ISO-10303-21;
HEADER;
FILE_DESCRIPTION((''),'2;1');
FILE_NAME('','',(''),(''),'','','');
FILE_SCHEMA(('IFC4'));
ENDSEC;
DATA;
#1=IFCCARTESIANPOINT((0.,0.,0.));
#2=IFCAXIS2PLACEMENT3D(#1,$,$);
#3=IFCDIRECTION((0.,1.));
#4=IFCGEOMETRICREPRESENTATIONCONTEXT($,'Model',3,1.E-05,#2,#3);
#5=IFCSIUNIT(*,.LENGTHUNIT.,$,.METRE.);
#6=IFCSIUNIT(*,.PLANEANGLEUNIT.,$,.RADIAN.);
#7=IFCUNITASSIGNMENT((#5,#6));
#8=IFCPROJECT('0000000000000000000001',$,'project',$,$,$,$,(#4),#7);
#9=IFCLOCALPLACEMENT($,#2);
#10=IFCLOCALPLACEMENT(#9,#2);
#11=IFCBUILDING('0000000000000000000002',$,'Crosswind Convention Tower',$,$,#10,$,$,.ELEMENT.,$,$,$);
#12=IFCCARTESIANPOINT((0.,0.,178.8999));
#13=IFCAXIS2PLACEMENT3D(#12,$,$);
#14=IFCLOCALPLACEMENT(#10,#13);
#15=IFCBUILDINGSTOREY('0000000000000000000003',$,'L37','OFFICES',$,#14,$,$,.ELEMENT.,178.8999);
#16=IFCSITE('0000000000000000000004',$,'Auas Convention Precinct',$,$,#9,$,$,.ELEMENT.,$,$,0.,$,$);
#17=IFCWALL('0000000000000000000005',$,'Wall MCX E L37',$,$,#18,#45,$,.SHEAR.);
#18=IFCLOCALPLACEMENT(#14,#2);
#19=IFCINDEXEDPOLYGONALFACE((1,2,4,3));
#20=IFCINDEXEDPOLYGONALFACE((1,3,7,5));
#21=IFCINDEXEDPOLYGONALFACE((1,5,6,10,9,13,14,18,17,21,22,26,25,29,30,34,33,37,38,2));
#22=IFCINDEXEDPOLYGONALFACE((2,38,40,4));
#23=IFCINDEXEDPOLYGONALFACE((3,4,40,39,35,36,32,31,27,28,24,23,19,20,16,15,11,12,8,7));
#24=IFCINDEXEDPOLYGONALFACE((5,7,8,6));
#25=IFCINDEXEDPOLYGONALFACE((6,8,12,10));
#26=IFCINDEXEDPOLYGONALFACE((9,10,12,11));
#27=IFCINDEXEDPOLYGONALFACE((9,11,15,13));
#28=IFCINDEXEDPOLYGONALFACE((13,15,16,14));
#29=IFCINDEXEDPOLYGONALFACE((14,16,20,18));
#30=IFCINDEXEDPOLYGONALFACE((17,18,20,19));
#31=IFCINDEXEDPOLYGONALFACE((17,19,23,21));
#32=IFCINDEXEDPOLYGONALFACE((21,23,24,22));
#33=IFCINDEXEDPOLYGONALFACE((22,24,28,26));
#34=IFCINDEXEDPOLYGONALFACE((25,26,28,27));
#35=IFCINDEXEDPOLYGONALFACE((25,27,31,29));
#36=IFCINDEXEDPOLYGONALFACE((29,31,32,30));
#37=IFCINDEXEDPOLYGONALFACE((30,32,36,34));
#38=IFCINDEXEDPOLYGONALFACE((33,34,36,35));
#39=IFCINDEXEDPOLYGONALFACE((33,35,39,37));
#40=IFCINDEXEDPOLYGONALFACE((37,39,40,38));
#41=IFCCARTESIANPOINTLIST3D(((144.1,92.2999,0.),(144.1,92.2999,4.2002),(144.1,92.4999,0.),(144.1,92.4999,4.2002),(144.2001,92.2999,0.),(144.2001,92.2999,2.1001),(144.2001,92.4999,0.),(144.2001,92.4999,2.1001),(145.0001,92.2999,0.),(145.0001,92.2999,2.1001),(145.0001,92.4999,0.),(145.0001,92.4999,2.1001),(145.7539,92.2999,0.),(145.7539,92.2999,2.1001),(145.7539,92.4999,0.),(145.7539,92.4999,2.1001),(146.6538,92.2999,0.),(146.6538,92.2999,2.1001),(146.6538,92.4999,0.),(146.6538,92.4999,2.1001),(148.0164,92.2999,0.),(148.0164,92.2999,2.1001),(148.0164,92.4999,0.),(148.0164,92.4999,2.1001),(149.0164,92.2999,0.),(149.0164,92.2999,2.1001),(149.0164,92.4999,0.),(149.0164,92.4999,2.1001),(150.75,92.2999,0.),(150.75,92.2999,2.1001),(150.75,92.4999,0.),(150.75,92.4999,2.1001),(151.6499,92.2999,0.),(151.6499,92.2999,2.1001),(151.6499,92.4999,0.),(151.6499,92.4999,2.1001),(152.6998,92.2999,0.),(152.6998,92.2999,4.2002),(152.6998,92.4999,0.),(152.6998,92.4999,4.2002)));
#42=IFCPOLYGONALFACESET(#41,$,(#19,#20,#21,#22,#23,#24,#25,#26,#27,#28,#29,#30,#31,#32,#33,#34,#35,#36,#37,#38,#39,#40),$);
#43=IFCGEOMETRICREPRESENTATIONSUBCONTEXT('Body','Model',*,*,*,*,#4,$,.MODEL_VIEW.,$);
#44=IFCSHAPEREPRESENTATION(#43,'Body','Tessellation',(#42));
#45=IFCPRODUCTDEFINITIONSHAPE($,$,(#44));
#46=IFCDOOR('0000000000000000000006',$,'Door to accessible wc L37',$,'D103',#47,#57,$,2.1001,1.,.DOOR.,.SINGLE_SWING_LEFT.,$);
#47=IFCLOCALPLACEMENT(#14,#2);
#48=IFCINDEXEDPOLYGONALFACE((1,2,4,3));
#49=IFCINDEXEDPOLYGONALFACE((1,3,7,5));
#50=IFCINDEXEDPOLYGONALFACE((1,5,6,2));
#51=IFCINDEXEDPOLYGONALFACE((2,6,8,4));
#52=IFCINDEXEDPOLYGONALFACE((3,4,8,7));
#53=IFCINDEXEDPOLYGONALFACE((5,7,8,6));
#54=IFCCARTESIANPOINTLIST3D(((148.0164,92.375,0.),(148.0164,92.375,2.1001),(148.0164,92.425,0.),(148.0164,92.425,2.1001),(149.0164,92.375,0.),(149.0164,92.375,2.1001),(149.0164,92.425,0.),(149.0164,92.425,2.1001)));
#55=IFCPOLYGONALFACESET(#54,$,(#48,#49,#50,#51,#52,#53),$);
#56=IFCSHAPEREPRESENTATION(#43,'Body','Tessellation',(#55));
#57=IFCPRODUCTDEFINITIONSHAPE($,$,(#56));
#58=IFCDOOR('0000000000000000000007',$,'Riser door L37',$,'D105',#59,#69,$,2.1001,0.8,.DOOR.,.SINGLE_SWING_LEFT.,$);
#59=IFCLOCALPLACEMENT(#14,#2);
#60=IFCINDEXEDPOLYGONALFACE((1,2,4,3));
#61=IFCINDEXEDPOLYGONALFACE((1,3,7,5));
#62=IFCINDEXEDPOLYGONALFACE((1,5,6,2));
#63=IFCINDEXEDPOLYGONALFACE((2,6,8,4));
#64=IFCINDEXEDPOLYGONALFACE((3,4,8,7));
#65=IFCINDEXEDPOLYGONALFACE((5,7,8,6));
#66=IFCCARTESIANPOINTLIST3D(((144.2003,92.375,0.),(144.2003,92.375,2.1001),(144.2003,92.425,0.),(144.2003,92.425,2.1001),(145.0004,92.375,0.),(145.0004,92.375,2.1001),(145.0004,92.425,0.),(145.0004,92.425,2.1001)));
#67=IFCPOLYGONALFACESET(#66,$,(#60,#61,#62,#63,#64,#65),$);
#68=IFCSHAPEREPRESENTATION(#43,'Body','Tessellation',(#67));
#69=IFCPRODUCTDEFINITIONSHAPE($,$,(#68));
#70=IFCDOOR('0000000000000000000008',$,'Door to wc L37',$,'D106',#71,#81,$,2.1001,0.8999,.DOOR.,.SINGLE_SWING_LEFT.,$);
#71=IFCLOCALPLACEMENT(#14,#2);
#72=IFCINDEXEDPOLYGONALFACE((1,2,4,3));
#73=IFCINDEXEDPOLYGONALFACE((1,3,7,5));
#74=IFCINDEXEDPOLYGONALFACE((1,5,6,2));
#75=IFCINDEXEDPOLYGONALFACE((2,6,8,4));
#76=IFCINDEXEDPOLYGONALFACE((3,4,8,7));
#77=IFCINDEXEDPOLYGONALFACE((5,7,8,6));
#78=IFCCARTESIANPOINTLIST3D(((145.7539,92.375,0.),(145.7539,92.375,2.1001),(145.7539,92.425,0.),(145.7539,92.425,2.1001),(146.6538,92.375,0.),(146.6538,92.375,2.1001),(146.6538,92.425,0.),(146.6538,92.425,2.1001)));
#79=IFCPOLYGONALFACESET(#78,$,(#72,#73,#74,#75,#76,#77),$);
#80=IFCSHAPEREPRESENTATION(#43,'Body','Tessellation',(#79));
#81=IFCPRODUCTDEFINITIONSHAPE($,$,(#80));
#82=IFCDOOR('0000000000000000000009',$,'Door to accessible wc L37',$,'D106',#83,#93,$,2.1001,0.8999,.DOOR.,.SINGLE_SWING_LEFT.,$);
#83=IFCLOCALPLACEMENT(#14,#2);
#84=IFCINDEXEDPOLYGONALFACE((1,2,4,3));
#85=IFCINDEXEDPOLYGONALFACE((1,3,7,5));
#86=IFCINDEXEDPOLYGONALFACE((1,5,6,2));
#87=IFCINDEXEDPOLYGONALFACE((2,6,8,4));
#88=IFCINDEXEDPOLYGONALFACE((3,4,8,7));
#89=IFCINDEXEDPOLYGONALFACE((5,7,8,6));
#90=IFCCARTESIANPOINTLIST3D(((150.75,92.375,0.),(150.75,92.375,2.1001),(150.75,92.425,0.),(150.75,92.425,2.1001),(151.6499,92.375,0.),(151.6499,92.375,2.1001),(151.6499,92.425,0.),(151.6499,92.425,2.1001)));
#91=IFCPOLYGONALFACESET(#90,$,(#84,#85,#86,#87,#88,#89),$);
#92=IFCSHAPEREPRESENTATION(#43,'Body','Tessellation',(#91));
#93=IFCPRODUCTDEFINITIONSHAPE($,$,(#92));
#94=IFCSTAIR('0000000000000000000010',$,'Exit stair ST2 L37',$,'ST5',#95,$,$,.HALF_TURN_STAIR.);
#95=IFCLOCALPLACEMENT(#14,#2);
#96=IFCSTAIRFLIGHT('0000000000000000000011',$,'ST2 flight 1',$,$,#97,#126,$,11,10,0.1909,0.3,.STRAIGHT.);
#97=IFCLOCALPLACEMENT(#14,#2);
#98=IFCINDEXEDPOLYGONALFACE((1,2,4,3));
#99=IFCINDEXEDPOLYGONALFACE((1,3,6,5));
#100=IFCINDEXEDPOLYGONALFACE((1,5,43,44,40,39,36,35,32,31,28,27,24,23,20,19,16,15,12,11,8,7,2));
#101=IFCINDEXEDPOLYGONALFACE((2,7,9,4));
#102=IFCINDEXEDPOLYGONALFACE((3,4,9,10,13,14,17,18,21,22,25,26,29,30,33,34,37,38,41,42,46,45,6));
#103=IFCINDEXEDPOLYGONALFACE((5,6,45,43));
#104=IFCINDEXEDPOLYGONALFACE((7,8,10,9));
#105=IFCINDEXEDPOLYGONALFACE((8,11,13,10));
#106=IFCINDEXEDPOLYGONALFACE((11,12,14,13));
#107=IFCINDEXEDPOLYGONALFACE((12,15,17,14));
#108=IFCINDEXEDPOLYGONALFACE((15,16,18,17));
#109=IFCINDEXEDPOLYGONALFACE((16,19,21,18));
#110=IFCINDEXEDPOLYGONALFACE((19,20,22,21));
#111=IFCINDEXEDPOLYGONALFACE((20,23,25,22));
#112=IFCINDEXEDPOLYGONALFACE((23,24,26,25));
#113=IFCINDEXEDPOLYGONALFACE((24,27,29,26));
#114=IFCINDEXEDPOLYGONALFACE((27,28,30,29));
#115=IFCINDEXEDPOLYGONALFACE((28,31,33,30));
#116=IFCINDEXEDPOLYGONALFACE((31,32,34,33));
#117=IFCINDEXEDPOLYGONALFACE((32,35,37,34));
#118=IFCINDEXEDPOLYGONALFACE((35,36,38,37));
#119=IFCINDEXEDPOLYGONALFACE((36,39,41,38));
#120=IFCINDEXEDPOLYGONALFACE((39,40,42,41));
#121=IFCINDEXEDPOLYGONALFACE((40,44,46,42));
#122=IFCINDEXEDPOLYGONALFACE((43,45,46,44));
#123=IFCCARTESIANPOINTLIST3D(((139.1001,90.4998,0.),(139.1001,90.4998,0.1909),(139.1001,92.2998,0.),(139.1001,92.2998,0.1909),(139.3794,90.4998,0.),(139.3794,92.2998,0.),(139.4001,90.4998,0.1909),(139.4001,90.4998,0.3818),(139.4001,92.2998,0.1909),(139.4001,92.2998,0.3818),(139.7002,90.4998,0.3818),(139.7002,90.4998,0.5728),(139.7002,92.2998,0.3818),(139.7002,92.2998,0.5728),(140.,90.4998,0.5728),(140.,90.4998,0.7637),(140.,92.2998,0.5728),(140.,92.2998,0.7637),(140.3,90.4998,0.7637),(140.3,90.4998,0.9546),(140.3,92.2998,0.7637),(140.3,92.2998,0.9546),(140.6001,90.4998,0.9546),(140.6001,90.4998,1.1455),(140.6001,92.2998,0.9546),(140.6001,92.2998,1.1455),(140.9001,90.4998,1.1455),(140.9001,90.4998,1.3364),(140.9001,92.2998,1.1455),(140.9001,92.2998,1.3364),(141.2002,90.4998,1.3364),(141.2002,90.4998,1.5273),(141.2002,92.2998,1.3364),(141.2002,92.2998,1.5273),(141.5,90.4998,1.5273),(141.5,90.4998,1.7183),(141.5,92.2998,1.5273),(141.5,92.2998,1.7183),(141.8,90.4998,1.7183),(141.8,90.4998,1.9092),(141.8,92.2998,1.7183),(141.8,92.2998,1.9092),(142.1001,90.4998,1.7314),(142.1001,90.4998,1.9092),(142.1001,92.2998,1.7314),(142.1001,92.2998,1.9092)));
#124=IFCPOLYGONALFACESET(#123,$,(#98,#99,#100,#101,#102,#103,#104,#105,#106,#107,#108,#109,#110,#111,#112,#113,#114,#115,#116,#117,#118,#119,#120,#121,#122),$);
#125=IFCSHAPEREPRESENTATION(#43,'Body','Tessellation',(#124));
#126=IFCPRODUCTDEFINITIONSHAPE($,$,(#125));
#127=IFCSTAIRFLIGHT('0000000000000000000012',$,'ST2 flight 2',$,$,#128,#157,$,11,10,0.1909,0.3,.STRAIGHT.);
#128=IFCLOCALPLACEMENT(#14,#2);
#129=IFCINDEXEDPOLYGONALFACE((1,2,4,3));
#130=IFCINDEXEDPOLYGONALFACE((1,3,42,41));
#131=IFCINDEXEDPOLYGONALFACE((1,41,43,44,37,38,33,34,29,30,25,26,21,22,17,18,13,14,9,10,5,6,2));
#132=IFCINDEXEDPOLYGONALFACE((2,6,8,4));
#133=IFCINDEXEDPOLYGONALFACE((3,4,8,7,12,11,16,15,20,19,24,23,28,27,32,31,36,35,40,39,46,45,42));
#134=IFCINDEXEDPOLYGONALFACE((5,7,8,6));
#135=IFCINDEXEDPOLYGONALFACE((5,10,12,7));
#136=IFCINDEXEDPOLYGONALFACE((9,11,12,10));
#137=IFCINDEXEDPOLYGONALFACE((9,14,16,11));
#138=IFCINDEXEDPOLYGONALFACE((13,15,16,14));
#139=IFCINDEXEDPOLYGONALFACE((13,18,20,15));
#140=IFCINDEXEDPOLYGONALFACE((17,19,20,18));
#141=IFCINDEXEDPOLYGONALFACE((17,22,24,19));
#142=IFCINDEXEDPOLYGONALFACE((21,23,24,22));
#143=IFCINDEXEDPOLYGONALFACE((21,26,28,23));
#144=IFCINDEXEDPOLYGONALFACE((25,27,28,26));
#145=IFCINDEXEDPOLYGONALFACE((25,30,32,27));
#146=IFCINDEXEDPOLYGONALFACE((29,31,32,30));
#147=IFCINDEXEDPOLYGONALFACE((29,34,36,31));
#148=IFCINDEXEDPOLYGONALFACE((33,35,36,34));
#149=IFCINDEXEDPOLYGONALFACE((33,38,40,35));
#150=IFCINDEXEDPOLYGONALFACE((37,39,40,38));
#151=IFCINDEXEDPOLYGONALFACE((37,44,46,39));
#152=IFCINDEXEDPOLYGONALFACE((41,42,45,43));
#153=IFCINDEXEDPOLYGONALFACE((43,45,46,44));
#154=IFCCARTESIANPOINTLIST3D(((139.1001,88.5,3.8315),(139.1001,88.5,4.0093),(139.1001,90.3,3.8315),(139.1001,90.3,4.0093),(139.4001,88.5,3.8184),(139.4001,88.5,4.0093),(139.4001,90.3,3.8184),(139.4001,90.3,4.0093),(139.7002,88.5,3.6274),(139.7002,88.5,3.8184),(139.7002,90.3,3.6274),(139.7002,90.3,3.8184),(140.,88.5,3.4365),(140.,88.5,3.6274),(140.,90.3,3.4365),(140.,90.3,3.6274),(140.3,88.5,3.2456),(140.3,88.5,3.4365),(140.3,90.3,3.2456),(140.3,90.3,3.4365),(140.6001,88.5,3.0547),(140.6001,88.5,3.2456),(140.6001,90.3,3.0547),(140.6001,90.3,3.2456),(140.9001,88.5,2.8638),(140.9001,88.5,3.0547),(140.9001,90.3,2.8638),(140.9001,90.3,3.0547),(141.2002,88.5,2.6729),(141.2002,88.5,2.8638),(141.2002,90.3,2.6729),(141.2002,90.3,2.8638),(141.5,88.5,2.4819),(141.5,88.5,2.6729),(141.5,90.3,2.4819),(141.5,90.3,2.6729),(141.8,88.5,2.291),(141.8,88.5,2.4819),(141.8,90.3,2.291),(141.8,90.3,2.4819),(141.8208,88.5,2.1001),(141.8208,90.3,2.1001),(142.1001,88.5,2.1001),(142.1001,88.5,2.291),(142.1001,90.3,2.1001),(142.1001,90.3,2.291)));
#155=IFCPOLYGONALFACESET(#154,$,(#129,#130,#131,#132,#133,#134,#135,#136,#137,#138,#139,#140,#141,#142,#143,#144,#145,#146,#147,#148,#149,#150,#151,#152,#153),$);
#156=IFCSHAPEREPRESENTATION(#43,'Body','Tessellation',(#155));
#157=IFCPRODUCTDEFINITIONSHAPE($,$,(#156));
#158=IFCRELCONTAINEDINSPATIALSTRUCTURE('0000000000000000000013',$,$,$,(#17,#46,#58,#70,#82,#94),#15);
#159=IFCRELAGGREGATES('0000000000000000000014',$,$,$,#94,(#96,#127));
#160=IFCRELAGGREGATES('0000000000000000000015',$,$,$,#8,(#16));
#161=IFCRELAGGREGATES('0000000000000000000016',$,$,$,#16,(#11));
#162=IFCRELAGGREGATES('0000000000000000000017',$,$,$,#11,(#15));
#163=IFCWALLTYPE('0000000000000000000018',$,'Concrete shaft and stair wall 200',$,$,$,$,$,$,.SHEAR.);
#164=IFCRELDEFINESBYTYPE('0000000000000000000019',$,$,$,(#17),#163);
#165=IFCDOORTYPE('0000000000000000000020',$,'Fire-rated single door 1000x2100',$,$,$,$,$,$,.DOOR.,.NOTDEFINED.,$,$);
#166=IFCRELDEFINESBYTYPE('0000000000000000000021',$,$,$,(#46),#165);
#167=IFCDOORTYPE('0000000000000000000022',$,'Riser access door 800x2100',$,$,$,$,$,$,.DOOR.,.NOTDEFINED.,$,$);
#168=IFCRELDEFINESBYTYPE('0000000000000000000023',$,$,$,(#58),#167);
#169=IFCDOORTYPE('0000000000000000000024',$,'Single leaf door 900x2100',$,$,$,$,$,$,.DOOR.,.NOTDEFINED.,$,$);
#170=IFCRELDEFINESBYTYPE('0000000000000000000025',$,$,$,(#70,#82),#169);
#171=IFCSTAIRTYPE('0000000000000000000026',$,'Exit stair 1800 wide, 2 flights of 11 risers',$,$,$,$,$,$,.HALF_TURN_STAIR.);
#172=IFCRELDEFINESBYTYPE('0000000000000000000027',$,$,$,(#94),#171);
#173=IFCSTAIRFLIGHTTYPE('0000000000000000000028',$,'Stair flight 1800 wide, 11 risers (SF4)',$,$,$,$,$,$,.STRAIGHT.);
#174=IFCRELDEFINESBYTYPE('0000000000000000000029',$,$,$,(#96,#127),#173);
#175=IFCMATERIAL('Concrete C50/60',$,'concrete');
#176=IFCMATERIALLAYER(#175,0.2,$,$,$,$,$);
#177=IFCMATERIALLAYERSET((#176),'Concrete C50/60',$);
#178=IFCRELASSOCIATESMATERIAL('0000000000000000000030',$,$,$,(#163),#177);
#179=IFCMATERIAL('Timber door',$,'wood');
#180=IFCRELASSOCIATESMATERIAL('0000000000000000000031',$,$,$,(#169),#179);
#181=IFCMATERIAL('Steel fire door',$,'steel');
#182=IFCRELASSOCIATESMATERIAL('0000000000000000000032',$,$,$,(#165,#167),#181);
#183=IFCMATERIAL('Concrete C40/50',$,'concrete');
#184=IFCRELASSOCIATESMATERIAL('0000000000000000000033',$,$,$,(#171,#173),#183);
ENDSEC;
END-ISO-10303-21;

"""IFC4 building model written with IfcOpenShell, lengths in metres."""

from ifc_helpers import new_model, si_unit, direction, frame, frame_2d, origin, place, context, subcontext, project, spatial, polyline, rectangle, outline, extrude, material, layer, layer_set, type_object, element, fill, aggregate, save


model = new_model("IFC4")

# Units and contexts
model_context = context("Model", 3, precision=1e-05, world=origin(), true_north=direction((0.0, 1.0)))
body_context = subcontext(model_context, "Body", "Model", "MODEL_VIEW")
ifc_project = project(units=[si_unit("LENGTHUNIT", "METRE"), si_unit("PLANEANGLEUNIT", "RADIAN")], contexts=[model_context])

# Site, building, storey
site_placement = place(None, origin())
site = spatial("IfcSite", under=ifc_project, at=site_placement, Name="Auas Convention Precinct", CompositionType="ELEMENT", RefElevation=0.0)
building_placement = place(site_placement, origin())
building = spatial("IfcBuilding", under=site, at=building_placement, Name="Crosswind Convention Tower", CompositionType="ELEMENT")
storey_placement = place(building_placement, frame((0.0, 0.0, 178.8999)))
storey = spatial("IfcBuildingStorey", under=building, at=storey_placement, Name="L37", Description="OFFICES", CompositionType="ELEMENT", Elevation=178.8999)

# Shared definitions
ifc_material_1 = material(Name="Concrete C50/60", Category="concrete")

# Shared definitions
ifc_layer_1 = layer(ifc_material_1, 0.2)
ifc_layer_set_1 = layer_set([ifc_layer_1], Name="Concrete C50/60")
wall_type_1 = type_object("IfcWallType", Name="Concrete shaft and stair wall 200", PredefinedType="SHEAR", material=ifc_layer_set_1)

# Shared definitions
ifc_material_2 = material(Name="Timber door", Category="wood")
door_type_1 = type_object("IfcDoorType", Name="Single leaf door 900x2100", OperationType="NOTDEFINED", PredefinedType="DOOR", material=ifc_material_2)

# Shared definitions
ifc_material_3 = material(Name="Steel fire door", Category="steel")
door_type_2 = type_object("IfcDoorType", Name="Fire-rated single door 1000x2100", OperationType="NOTDEFINED", PredefinedType="DOOR", material=ifc_material_3)

# Wall, openings, doors
wall_1_placement = place(storey_placement, frame((144.1001, 92.3999, 0.0), z_axis=(0.0, 0.0, 1.0), x_axis=(1.0, 0.0, 0.0)))
wall_1 = element("IfcWall", 1, at=wall_1_placement, inside=storey, type_object=wall_type_1, Name="Wall MCX E L37", PredefinedType="SHEAR", context=body_context, shape_type="SweptSolid", body=[
    extrude(rectangle(XDim=8.5999, YDim=0.2, at=frame_2d((4.2998, 0.0))), origin(), (0.0, 0.0, 1.0), 4.2002),
])
opening_1_placement = place(wall_1_placement, frame((0.1001, 0.0, 0.0)))
opening_1 = element("IfcOpeningElement", 2, at=opening_1_placement, cuts=wall_1, PredefinedType="OPENING", context=body_context, shape_type="SweptSolid", body=[
    extrude(rectangle(XDim=0.8, YDim=2.1001, at=frame_2d((0.3999, 1.05))), frame((0.0, 0.1099, 0.0), z_axis=(0.0, -1.0, 0.0), x_axis=(1.0, 0.0, 0.0)), (0.0, 0.0, 1.0), 0.22),
])
opening_2_placement = place(wall_1_placement, frame((1.6538, 0.0, 0.0)))
opening_2 = element("IfcOpeningElement", 3, at=opening_2_placement, cuts=wall_1, PredefinedType="OPENING", context=body_context, shape_type="SweptSolid", body=[
    extrude(rectangle(XDim=0.8999, YDim=2.1001, at=frame_2d((0.45, 1.05))), frame((0.0, 0.1099, 0.0), z_axis=(0.0, -1.0, 0.0), x_axis=(1.0, 0.0, 0.0)), (0.0, 0.0, 1.0), 0.22),
])
opening_3_placement = place(wall_1_placement, frame((3.9163, 0.0, 0.0)))
opening_3 = element("IfcOpeningElement", 4, at=opening_3_placement, cuts=wall_1, PredefinedType="OPENING", context=body_context, shape_type="SweptSolid", body=[
    extrude(rectangle(XDim=1.0, YDim=2.1001, at=frame_2d((0.5, 1.05))), frame((0.0, 0.1099, 0.0), z_axis=(0.0, -1.0, 0.0), x_axis=(1.0, 0.0, 0.0)), (0.0, 0.0, 1.0), 0.22),
])
opening_4_placement = place(wall_1_placement, frame((6.6499, 0.0, 0.0)))
opening_4 = element("IfcOpeningElement", 5, at=opening_4_placement, cuts=wall_1, PredefinedType="OPENING", context=body_context, shape_type="SweptSolid", body=[
    extrude(rectangle(XDim=0.8999, YDim=2.1001, at=frame_2d((0.45, 1.05))), frame((0.0, 0.1099, 0.0), z_axis=(0.0, -1.0, 0.0), x_axis=(1.0, 0.0, 0.0)), (0.0, 0.0, 1.0), 0.22),
])
door_1_placement = place(opening_3_placement, frame((1.0, 0.0, 0.0), z_axis=(0.0, 0.0, 1.0), x_axis=(-1.0, 0.0, 0.0)))
door_1 = element("IfcDoor", 6, at=door_1_placement, inside=storey, type_object=door_type_2, Name="Door to accessible wc L37", ObjectType="D103", OperationType="SINGLE_SWING_LEFT", OverallHeight=2.1001, OverallWidth=1.0, PredefinedType="DOOR", context=body_context, shape_type="SweptSolid", body=[
    extrude(rectangle(XDim=1.0, YDim=2.1001, at=frame_2d((0.5, 1.05))), frame((0.0, 0.0249, 0.0), z_axis=(0.0, -1.0, 0.0), x_axis=(1.0, 0.0, 0.0)), (0.0, 0.0, 1.0), 0.05),
])
fill(opening_3, door_1)
door_type_3 = type_object("IfcDoorType", Name="Riser access door 800x2100", OperationType="NOTDEFINED", PredefinedType="DOOR", material=ifc_material_3)
door_2_placement = place(opening_1_placement, frame((0.8, 0.0, 0.0), z_axis=(0.0, 0.0, 1.0), x_axis=(-1.0, 0.0, 0.0)))
door_2 = element("IfcDoor", 7, at=door_2_placement, inside=storey, type_object=door_type_3, Name="Riser door L37", ObjectType="D105", OperationType="SINGLE_SWING_LEFT", OverallHeight=2.1001, OverallWidth=0.8, PredefinedType="DOOR", context=body_context, shape_type="SweptSolid", body=[
    extrude(rectangle(XDim=0.8, YDim=2.1001, at=frame_2d((0.3999, 1.05))), frame((0.0, 0.0249, 0.0), z_axis=(0.0, -1.0, 0.0), x_axis=(1.0, 0.0, 0.0)), (0.0, 0.0, 1.0), 0.05),
])
fill(opening_1, door_2)
door_3_placement = place(opening_2_placement, frame((0.8999, 0.0, 0.0), z_axis=(0.0, 0.0, 1.0), x_axis=(-1.0, 0.0, 0.0)))
door_3 = element("IfcDoor", 8, at=door_3_placement, inside=storey, type_object=door_type_1, Name="Door to wc L37", ObjectType="D106", OperationType="SINGLE_SWING_LEFT", OverallHeight=2.1001, OverallWidth=0.8999, PredefinedType="DOOR", context=body_context, shape_type="SweptSolid", body=[
    extrude(rectangle(XDim=0.8999, YDim=2.1001, at=frame_2d((0.45, 1.05))), frame((0.0, 0.0249, 0.0), z_axis=(0.0, -1.0, 0.0), x_axis=(1.0, 0.0, 0.0)), (0.0, 0.0, 1.0), 0.05),
])
fill(opening_2, door_3)
door_4_placement = place(opening_4_placement, frame((0.8999, 0.0, 0.0), z_axis=(0.0, 0.0, 1.0), x_axis=(-1.0, 0.0, 0.0)))
door_4 = element("IfcDoor", 9, at=door_4_placement, inside=storey, type_object=door_type_1, Name="Door to accessible wc L37", ObjectType="D106", OperationType="SINGLE_SWING_LEFT", OverallHeight=2.1001, OverallWidth=0.8999, PredefinedType="DOOR", context=body_context, shape_type="SweptSolid", body=[
    extrude(rectangle(XDim=0.8999, YDim=2.1001, at=frame_2d((0.45, 1.05))), frame((0.0, 0.0249, 0.0), z_axis=(0.0, -1.0, 0.0), x_axis=(1.0, 0.0, 0.0)), (0.0, 0.0, 1.0), 0.05),
])
fill(opening_4, door_4)

# Stair, stair flights
ifc_material_4 = material(Name="Concrete C40/50", Category="concrete")
stair_type = type_object("IfcStairType", Name="Exit stair 1800 wide, 2 flights of 11 risers", PredefinedType="HALF_TURN_STAIR", material=ifc_material_4)
stair_placement = place(storey_placement, origin())
stair = element("IfcStair", 10, at=stair_placement, inside=storey, type_object=stair_type, Name="Exit stair ST2 L37", ObjectType="ST5", PredefinedType="HALF_TURN_STAIR")
stair_flight_type = type_object("IfcStairFlightType", Name="Stair flight 1800 wide, 11 risers (SF4)", PredefinedType="STRAIGHT", material=ifc_material_4)
stair_flight_1_placement = place(storey_placement, frame((139.1001, 91.3999, 0.0), z_axis=(0.0, 0.0, 1.0), x_axis=(1.0, 0.0, 0.0)))
stair_flight_1 = element("IfcStairFlight", 11, at=stair_flight_1_placement, type_object=stair_flight_type, Name="ST2 flight 1", NumberOfRisers=11, NumberOfTreads=10, PredefinedType="STRAIGHT", RiserHeight=0.1909, TreadLength=0.3, context=body_context, shape_type="SweptSolid", body=[
    extrude(outline(polyline([(0.0, 0.0), (0.0, 0.1909), (0.3, 0.1909), (0.3, 0.3818), (0.6001, 0.3818), (0.6001, 0.5728), (0.8999, 0.5728), (0.8999, 0.7637), (1.2, 0.7637), (1.2, 0.9546), (1.5, 0.9546), (1.5, 1.1455), (1.8, 1.1455), (1.8, 1.3364), (2.1001, 1.3364), (2.1001, 1.5273), (2.3999, 1.5273), (2.3999, 1.7183), (2.7, 1.7183), (2.7, 1.9092), (3.0, 1.9092), (3.0, 2.1001), (3.0, 1.7314), (0.2793, 0.0), (0.0, 0.0)])), frame((0.0, 0.8999, 0.0), z_axis=(0.0, -1.0, 0.0), x_axis=(1.0, 0.0, 0.0)), (0.0, 0.0, 1.0), 1.8),
])
stair_flight_2_placement = place(storey_placement, frame((142.1001, 89.3999, 2.1001), z_axis=(0.0, 0.0, 1.0), x_axis=(-1.0, 0.0, 0.0)))
stair_flight_2 = element("IfcStairFlight", 12, at=stair_flight_2_placement, type_object=stair_flight_type, Name="ST2 flight 2", NumberOfRisers=11, NumberOfTreads=10, PredefinedType="STRAIGHT", RiserHeight=0.1909, TreadLength=0.3, context=body_context, shape_type="SweptSolid", body=[
    extrude(outline(polyline([(0.0, 0.0), (0.0, 0.1909), (0.3, 0.1909), (0.3, 0.3818), (0.6001, 0.3818), (0.6001, 0.5728), (0.8999, 0.5728), (0.8999, 0.7637), (1.2, 0.7637), (1.2, 0.9546), (1.5, 0.9546), (1.5, 1.1455), (1.8, 1.1455), (1.8, 1.3364), (2.1001, 1.3364), (2.1001, 1.5273), (2.3999, 1.5273), (2.3999, 1.7183), (2.7, 1.7183), (2.7, 1.9092), (3.0, 1.9092), (3.0, 2.1001), (3.0, 1.7314), (0.2793, 0.0), (0.0, 0.0)])), frame((0.0, 0.8999, 0.0), z_axis=(0.0, -1.0, 0.0), x_axis=(1.0, 0.0, 0.0)), (0.0, 0.0, 1.0), 1.8),
])
aggregate(stair, [stair_flight_1, stair_flight_2])

save(model, "model.ifc")
